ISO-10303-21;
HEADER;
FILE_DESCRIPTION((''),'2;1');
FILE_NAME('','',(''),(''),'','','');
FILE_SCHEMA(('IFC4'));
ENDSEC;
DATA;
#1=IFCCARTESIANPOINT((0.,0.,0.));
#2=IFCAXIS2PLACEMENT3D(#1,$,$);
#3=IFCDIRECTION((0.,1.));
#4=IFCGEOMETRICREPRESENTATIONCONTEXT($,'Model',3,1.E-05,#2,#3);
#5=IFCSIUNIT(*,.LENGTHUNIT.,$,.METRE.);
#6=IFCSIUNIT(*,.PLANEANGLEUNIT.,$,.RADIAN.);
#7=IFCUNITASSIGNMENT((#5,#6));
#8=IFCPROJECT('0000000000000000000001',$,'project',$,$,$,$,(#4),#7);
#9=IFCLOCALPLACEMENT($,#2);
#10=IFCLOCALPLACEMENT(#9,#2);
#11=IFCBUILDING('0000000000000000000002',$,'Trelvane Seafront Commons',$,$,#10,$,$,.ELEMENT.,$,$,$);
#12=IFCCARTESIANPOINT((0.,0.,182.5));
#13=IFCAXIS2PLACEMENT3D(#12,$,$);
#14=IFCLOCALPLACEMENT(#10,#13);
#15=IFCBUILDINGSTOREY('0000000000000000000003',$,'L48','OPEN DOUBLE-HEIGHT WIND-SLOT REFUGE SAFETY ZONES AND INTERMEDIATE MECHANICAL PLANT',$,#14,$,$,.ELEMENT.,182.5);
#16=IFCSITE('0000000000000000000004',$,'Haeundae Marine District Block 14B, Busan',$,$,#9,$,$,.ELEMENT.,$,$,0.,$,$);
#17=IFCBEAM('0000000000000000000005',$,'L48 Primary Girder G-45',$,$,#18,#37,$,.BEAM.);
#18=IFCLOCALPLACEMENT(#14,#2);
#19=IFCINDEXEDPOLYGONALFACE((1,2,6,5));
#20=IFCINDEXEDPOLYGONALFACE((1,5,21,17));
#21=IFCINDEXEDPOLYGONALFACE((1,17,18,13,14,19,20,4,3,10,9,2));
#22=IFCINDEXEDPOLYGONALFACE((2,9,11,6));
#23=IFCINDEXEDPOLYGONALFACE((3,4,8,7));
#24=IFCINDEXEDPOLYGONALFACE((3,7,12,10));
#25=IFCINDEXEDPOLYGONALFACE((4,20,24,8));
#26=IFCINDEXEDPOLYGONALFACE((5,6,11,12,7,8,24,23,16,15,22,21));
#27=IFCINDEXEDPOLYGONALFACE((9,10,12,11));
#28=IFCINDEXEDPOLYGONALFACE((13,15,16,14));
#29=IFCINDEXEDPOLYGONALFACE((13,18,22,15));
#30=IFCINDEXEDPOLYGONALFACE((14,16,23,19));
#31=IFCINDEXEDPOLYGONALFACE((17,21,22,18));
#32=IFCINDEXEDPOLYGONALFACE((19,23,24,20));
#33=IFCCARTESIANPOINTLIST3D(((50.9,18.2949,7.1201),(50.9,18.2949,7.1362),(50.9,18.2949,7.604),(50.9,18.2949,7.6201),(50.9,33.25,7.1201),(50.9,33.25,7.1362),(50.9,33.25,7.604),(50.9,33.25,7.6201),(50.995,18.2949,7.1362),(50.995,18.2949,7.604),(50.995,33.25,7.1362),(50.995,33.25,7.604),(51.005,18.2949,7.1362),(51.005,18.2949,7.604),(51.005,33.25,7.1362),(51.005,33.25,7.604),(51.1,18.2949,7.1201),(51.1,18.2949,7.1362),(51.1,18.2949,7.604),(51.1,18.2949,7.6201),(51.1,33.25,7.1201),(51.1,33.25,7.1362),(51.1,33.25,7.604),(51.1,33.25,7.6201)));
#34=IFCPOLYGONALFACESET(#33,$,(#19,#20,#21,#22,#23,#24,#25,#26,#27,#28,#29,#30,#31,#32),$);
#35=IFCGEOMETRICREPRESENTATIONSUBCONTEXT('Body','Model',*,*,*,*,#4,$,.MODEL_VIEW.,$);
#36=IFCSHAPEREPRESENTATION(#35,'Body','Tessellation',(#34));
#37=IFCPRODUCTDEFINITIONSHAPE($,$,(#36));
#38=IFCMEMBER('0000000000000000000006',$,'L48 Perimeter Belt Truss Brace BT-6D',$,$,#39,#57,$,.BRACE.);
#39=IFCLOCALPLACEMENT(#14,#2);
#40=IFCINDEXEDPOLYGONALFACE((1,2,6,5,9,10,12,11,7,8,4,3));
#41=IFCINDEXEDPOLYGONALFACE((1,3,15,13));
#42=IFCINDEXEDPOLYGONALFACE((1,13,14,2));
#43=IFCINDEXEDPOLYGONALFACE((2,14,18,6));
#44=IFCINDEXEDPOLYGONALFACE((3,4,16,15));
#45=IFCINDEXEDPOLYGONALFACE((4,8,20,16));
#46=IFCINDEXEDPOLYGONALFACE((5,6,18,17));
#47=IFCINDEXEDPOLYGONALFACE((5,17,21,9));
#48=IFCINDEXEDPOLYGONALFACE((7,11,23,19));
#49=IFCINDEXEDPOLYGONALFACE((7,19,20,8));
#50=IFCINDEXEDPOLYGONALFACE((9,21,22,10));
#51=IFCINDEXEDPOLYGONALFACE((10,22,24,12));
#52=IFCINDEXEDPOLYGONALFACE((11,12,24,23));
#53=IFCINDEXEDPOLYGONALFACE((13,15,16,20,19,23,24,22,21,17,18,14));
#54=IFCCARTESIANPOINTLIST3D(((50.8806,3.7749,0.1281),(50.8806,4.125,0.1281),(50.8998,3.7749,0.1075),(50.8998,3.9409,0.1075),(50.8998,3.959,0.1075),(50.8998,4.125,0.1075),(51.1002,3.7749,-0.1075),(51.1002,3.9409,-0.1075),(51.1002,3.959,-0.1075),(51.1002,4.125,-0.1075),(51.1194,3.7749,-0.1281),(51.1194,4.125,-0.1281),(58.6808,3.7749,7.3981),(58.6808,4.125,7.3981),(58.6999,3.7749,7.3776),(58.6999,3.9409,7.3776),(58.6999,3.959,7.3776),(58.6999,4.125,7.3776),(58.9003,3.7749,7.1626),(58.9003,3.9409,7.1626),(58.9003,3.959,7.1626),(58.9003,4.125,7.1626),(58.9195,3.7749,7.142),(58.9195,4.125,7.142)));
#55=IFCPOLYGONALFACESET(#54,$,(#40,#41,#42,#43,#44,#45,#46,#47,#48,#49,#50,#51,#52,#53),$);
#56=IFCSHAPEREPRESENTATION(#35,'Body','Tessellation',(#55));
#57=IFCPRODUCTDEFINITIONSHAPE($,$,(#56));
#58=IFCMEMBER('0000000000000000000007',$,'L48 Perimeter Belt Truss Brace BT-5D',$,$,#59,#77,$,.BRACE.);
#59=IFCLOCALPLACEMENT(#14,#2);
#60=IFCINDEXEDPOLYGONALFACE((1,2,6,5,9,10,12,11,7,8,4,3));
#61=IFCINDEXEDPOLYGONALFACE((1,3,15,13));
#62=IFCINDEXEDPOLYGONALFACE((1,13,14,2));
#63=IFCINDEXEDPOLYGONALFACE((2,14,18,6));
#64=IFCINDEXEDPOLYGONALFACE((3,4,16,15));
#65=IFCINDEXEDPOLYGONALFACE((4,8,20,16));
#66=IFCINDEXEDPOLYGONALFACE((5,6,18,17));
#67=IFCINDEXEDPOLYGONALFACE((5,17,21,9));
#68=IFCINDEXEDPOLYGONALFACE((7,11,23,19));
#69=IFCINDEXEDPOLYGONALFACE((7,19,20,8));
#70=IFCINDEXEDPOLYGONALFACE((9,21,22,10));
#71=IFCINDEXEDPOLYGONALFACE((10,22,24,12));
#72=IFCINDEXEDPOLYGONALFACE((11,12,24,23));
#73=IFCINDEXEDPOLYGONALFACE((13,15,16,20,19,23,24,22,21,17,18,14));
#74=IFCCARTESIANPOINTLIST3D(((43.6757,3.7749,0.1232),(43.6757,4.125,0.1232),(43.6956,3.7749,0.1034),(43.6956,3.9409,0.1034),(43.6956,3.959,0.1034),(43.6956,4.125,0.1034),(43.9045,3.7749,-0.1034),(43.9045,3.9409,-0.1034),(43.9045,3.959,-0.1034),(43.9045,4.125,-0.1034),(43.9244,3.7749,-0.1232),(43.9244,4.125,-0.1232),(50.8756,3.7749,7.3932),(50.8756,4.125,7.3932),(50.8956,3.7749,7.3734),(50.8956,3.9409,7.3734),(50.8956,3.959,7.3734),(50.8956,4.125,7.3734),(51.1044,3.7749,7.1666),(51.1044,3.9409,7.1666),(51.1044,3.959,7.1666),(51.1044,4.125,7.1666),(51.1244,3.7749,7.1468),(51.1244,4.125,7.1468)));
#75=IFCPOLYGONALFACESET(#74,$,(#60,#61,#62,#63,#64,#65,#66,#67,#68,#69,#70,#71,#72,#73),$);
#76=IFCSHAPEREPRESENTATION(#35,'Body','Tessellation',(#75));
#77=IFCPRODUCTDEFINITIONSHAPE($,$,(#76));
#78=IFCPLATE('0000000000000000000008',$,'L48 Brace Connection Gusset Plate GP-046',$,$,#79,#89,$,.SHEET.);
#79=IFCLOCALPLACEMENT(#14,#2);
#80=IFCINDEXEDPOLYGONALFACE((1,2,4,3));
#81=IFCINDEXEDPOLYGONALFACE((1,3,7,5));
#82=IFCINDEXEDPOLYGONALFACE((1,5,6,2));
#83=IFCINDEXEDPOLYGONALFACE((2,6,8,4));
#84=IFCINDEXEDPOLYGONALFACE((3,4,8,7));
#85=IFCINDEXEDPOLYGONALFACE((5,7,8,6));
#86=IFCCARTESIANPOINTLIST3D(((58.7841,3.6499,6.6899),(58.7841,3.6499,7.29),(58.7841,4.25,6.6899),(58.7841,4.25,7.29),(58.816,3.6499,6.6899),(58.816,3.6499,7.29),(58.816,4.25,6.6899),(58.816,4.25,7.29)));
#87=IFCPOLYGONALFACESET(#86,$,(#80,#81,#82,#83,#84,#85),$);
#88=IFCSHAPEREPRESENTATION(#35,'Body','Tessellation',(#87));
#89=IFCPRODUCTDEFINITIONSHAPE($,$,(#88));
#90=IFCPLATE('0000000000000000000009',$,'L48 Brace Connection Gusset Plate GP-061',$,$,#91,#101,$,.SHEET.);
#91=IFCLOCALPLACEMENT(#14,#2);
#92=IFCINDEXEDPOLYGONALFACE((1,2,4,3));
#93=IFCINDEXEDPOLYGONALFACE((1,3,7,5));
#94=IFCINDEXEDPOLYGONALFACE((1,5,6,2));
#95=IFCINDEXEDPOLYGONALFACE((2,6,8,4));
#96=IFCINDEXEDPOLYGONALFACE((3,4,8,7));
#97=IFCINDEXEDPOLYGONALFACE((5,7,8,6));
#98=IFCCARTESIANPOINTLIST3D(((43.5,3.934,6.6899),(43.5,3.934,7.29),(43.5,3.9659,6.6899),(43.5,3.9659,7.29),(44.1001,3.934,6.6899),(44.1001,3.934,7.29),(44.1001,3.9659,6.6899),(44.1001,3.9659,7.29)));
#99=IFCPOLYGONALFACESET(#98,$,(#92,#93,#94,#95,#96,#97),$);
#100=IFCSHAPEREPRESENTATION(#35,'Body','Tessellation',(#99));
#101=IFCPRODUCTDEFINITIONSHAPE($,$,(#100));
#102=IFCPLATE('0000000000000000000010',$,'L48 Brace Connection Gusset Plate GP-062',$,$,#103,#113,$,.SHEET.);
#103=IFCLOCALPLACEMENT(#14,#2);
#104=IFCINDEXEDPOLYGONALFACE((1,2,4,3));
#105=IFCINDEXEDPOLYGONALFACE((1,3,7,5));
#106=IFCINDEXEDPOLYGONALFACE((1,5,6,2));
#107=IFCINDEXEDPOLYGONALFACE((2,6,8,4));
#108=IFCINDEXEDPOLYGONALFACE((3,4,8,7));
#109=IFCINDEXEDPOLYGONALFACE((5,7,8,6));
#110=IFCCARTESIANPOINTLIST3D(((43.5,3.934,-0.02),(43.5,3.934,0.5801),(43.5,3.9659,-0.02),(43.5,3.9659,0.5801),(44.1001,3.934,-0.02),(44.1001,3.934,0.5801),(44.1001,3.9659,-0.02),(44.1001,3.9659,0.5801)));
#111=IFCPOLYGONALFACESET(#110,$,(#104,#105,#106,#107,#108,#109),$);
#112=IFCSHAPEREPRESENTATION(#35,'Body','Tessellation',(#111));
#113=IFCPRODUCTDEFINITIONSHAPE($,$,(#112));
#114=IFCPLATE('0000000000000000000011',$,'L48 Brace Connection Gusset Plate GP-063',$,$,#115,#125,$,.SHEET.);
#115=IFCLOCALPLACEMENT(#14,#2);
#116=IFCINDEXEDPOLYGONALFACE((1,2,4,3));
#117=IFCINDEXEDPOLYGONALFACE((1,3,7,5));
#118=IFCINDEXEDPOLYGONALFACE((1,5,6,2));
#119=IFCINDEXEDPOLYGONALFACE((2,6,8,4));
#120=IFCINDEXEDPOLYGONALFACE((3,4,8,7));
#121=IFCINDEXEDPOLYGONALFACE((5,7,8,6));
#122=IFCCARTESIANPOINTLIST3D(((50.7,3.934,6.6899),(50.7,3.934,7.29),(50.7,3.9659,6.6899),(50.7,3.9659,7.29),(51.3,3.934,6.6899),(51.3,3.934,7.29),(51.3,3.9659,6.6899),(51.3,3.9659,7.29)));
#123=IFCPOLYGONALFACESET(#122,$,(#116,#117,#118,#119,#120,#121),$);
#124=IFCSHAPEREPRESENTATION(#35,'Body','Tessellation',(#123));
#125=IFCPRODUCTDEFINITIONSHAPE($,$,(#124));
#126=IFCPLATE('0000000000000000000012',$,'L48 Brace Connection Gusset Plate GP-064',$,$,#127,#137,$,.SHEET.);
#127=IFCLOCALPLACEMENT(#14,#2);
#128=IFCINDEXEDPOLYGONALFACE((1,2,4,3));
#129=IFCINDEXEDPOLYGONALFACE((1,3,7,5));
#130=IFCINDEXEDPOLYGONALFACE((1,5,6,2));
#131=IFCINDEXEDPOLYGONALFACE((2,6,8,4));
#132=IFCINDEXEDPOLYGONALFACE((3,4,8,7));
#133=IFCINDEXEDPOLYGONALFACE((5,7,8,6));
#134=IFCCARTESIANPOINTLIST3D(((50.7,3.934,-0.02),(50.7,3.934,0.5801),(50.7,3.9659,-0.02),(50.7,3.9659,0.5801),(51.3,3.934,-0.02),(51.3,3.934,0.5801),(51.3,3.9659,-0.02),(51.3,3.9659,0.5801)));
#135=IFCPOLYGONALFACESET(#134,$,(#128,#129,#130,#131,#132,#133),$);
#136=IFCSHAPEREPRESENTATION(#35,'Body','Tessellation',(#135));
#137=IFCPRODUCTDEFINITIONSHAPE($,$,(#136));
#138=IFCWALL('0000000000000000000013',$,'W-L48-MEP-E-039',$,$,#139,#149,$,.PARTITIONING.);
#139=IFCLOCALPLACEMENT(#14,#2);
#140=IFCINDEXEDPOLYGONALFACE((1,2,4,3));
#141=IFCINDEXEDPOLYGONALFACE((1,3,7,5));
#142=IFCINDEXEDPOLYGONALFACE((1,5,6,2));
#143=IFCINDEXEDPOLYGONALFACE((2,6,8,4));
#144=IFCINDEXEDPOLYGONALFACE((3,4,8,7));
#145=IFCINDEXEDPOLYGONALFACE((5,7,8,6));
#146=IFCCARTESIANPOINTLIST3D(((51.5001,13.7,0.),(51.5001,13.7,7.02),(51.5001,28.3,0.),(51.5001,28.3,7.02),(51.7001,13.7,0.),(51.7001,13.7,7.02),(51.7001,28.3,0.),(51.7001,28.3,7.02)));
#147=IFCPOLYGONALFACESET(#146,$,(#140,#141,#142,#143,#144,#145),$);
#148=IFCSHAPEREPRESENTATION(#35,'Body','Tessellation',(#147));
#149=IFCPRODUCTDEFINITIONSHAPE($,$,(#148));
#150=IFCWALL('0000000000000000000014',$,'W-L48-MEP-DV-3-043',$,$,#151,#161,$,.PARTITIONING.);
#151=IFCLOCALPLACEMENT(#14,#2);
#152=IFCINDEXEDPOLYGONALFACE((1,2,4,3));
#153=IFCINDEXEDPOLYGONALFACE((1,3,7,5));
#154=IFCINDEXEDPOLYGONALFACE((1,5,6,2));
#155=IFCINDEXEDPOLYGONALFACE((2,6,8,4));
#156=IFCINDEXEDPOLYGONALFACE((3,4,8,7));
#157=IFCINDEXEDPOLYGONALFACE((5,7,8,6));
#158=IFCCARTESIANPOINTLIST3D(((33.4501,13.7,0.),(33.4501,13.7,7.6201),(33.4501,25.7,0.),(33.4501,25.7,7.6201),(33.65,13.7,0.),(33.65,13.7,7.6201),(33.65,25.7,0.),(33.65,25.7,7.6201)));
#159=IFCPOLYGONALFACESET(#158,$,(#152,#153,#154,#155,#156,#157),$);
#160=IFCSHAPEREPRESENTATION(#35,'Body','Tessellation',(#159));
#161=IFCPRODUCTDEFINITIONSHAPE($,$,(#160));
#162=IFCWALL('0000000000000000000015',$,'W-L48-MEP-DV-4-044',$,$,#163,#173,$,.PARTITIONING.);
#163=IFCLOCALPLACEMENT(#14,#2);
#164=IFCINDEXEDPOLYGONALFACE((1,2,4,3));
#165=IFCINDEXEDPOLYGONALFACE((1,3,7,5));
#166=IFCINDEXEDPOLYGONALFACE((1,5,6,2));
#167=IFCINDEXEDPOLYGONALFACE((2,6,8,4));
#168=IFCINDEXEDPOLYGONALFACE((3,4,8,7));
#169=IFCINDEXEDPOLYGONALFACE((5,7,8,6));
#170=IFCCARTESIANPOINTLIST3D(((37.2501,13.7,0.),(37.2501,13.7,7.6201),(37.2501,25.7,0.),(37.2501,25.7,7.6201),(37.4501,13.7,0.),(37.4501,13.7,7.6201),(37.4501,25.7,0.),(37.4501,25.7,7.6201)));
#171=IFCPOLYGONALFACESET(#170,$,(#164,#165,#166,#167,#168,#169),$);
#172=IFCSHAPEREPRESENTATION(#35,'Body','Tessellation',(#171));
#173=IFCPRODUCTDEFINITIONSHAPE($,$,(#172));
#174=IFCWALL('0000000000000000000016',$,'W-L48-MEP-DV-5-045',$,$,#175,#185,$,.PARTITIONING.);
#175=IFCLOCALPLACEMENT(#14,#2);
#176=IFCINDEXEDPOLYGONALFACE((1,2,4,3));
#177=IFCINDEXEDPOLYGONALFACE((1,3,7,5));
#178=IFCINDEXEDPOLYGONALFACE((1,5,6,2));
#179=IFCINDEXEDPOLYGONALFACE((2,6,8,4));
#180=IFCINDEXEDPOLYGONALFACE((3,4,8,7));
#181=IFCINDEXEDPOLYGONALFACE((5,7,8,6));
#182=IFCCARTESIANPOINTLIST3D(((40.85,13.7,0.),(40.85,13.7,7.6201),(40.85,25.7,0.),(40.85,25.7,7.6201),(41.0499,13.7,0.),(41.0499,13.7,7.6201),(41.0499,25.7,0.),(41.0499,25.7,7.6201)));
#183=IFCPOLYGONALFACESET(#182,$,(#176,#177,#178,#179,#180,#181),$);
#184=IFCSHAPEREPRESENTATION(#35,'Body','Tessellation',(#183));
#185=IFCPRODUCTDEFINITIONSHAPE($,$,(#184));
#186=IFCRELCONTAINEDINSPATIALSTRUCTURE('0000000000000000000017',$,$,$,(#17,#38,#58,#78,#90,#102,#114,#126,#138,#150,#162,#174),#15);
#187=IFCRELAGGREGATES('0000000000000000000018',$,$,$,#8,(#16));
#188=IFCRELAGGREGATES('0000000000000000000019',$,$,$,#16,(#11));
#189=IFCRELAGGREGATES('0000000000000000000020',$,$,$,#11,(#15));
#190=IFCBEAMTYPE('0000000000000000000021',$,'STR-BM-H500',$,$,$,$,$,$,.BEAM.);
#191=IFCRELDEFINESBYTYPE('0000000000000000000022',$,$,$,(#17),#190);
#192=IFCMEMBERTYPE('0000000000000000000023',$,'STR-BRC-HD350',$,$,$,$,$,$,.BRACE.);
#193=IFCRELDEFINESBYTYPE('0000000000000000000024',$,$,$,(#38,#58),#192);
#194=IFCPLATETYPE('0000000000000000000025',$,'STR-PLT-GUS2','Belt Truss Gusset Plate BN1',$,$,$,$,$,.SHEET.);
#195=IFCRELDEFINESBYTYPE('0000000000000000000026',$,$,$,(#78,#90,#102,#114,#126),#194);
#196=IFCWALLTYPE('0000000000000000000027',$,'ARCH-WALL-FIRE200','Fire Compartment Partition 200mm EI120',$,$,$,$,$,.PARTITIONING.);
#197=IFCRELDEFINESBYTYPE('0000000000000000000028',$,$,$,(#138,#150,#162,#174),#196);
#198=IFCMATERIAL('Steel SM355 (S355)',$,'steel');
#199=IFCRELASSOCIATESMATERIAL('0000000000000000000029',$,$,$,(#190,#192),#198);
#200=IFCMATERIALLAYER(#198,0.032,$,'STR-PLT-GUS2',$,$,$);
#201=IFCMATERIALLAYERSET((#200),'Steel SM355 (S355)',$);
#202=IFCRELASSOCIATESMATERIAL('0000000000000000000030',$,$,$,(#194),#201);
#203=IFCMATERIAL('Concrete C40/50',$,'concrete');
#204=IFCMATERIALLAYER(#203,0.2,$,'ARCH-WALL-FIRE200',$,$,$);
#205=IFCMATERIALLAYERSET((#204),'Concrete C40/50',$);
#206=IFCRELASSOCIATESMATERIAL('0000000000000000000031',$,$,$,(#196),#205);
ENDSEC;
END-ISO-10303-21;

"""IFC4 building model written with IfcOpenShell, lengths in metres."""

from ifc_helpers import new_model, si_unit, direction, frame, frame_2d, origin, origin_2d, place, context, subcontext, project, spatial, rectangle, i_section, extrude, source, transform, mapped, material, layer, layer_set, material_profile, profile_set, type_object, element, save


model = new_model("IFC4")

# Units and contexts
model_context = context("Model", 3, precision=1e-05, world=origin(), true_north=direction((0.0, 1.0)))
body_context = subcontext(model_context, "Body", "Model", "MODEL_VIEW")
ifc_project = project(units=[si_unit("LENGTHUNIT", "METRE"), si_unit("PLANEANGLEUNIT", "RADIAN")], contexts=[model_context])

# Site, building, storey
site_placement = place(None, origin())
site = spatial("IfcSite", under=ifc_project, at=site_placement, Name="Haeundae Marine District Block 14B, Busan", CompositionType="ELEMENT", RefElevation=0.0)
building_placement = place(site_placement, origin())
building = spatial("IfcBuilding", under=site, at=building_placement, Name="Trelvane Seafront Commons", CompositionType="ELEMENT")
storey_placement = place(building_placement, frame((0.0, 0.0, 182.5)))
storey = spatial("IfcBuildingStorey", under=building, at=storey_placement, Name="L48", Description="OPEN DOUBLE-HEIGHT WIND-SLOT REFUGE SAFETY ZONES AND INTERMEDIATE MECHANICAL PLANT", CompositionType="ELEMENT", Elevation=182.5)

# Shared definitions
ifc_material_1 = material(Name="Steel SM355 (S355)", Category="steel")

# Beam
ifc_material_profile_1 = material_profile(ifc_material_1, i_section(OverallWidth=0.2, OverallDepth=0.5, WebThickness=0.01, FlangeThickness=0.0161, at=origin_2d()), Name="H-500x200x10x16")
ifc_profile_set_1 = profile_set([ifc_material_profile_1], Name="Steel SM355 (S355)")
beam_type_1 = type_object("IfcBeamType", Name="STR-BM-H500", PredefinedType="BEAM", material=ifc_profile_set_1)
shared_shape_1 = source(origin(), body_context, "Body", "SweptSolid", [
    extrude(i_section(OverallWidth=0.2, OverallDepth=0.5, WebThickness=0.01, FlangeThickness=0.0161, at=origin_2d()), origin(), (0.0, 0.0, 1.0), 14.9551),
])
beam_1_placement = place(storey_placement, frame((51.0, 18.2949, 7.3701), z_axis=(0.0, 1.0, 0.0), x_axis=(-1.0, 0.0, 0.0)))
element("IfcBeam", 1, at=beam_1_placement, inside=storey, type_object=beam_type_1, Name="L48 Primary Girder G-45", PredefinedType="BEAM", context=body_context, shape_type="MappedRepresentation", body=[
    mapped(shared_shape_1, transform((0.0, 0.0, 0.0), x_axis=(1.0, 0.0, 0.0), y_axis=(0.0, 1.0, 0.0), z_axis=(0.0, 0.0, 1.0), scale=1.0)),
])

# Members
ifc_material_profile_2 = material_profile(ifc_material_1, i_section(OverallWidth=0.3501, OverallDepth=0.3501, WebThickness=0.0181, FlangeThickness=0.0281, at=origin_2d()), Name="HD-350x350x18x28")
ifc_profile_set_2 = profile_set([ifc_material_profile_2], Name="Steel SM355 (S355)")
member_type = type_object("IfcMemberType", Name="STR-BRC-HD350", PredefinedType="BRACE", material=ifc_profile_set_2)
shared_shape_2 = source(origin(), body_context, "Body", "SweptSolid", [
    extrude(i_section(OverallWidth=0.3501, OverallDepth=0.3501, WebThickness=0.0181, FlangeThickness=0.0281, at=origin_2d()), origin(), (0.0, 0.0, 1.0), 10.6628),
])
member_1_placement = place(storey_placement, frame((51.0, 3.95, 0.0), z_axis=(0.731524, 0.0, 0.681816), x_axis=(0.0, 1.0, 0.0)))
element("IfcMember", 2, at=member_1_placement, inside=storey, type_object=member_type, Name="L48 Perimeter Belt Truss Brace BT-6D", PredefinedType="BRACE", context=body_context, shape_type="MappedRepresentation", body=[
    mapped(shared_shape_2, transform((0.0, 0.0, 0.0), x_axis=(1.0, 0.0, 0.0), y_axis=(0.0, 1.0, 0.0), z_axis=(0.0, 0.0, 1.0), scale=1.0)),
])
shared_shape_3 = source(origin(), body_context, "Body", "SweptSolid", [
    extrude(i_section(OverallWidth=0.3501, OverallDepth=0.3501, WebThickness=0.0181, FlangeThickness=0.0281, at=origin_2d()), origin(), (0.0, 0.0, 1.0), 10.2319),
])
member_2_placement = place(storey_placement, frame((43.8, 3.95, 0.0), z_axis=(0.703674, 0.0, 0.710522), x_axis=(0.0, 1.0, 0.0)))
element("IfcMember", 3, at=member_2_placement, inside=storey, type_object=member_type, Name="L48 Perimeter Belt Truss Brace BT-5D", PredefinedType="BRACE", context=body_context, shape_type="MappedRepresentation", body=[
    mapped(shared_shape_3, transform((0.0, 0.0, 0.0), x_axis=(1.0, 0.0, 0.0), y_axis=(0.0, 1.0, 0.0), z_axis=(0.0, 0.0, 1.0), scale=1.0)),
])

# Plates
ifc_layer_1 = layer(ifc_material_1, 0.032, Name="STR-PLT-GUS2")
ifc_layer_set_1 = layer_set([ifc_layer_1], Name="Steel SM355 (S355)")
plate_type = type_object("IfcPlateType", Name="STR-PLT-GUS2", Description="Belt Truss Gusset Plate BN1", PredefinedType="SHEET", material=ifc_layer_set_1)
shared_shape_4 = source(origin(), body_context, "Body", "SweptSolid", [
    extrude(rectangle(XDim=0.032, YDim=0.6001, at=origin_2d()), origin(), (0.0, 0.0, 1.0), 0.6001),
])
plate_placement = place(storey_placement, frame((58.8, 3.95, 6.6899), z_axis=(0.0, 0.0, 1.0), x_axis=(1.0, 0.0, 0.0)))
element("IfcPlate", 4, at=plate_placement, inside=storey, type_object=plate_type, Name="L48 Brace Connection Gusset Plate GP-046", PredefinedType="SHEET", context=body_context, shape_type="MappedRepresentation", body=[
    mapped(shared_shape_4, transform((0.0, 0.0, 0.0), x_axis=(1.0, 0.0, 0.0), y_axis=(0.0, 1.0, 0.0), z_axis=(0.0, 0.0, 1.0), scale=1.0)),
])
shared_shape_5 = source(origin(), body_context, "Body", "SweptSolid", [
    extrude(rectangle(XDim=0.6001, YDim=0.032, at=origin_2d()), origin(), (0.0, 0.0, 1.0), 0.6001),
])
for number, where, z_axis, x_axis, name in (
    (5, (43.8, 3.95, 6.6899), (0.0, 0.0, 1.0), (1.0, 0.0, 0.0), "L48 Brace Connection Gusset Plate GP-061"),
    (6, (43.8, 3.95, -0.02), (0.0, 0.0, 1.0), (1.0, 0.0, 0.0), "L48 Brace Connection Gusset Plate GP-062"),
    (7, (51.0, 3.95, 6.6899), (0.0, 0.0, 1.0), (1.0, 0.0, 0.0), "L48 Brace Connection Gusset Plate GP-063"),
    (8, (51.0, 3.95, -0.02), (0.0, 0.0, 1.0), (1.0, 0.0, 0.0), "L48 Brace Connection Gusset Plate GP-064"),
):
    element("IfcPlate", number, at=place(storey_placement, frame(where, z_axis=z_axis, x_axis=x_axis)), inside=storey, type_object=plate_type, Name=name, PredefinedType="SHEET", context=body_context, shape_type="MappedRepresentation", body=[
        mapped(shared_shape_5, transform((0.0, 0.0, 0.0), x_axis=(1.0, 0.0, 0.0), y_axis=(0.0, 1.0, 0.0), z_axis=(0.0, 0.0, 1.0), scale=1.0)),
    ])

# Walls
ifc_material_2 = material(Name="Concrete C40/50", Category="concrete")
ifc_layer_2 = layer(ifc_material_2, 0.2, Name="ARCH-WALL-FIRE200")
ifc_layer_set_2 = layer_set([ifc_layer_2], Name="Concrete C40/50")
wall_type = type_object("IfcWallType", Name="ARCH-WALL-FIRE200", Description="Fire Compartment Partition 200mm EI120", PredefinedType="PARTITIONING", material=ifc_layer_set_2)
wall_placement = place(storey_placement, frame((51.6001, 13.7, 0.0), z_axis=(0.0, 0.0, 1.0), x_axis=(0.0, 1.0, 0.0)))
element("IfcWall", 9, at=wall_placement, inside=storey, type_object=wall_type, Name="W-L48-MEP-E-039", PredefinedType="PARTITIONING", context=body_context, shape_type="SweptSolid", body=[
    extrude(rectangle(XDim=14.6001, YDim=0.2, at=frame_2d((7.3, 0.0))), origin(), (0.0, 0.0, 1.0), 7.02),
])
for number, where, z_axis, x_axis, name in (
    (10, (33.55, 13.7, 0.0), (0.0, 0.0, 1.0), (0.0, 1.0, 0.0), "W-L48-MEP-DV-3-043"),
    (11, (37.3501, 13.7, 0.0), (0.0, 0.0, 1.0), (0.0, 1.0, 0.0), "W-L48-MEP-DV-4-044"),
    (12, (40.95, 13.7, 0.0), (0.0, 0.0, 1.0), (0.0, 1.0, 0.0), "W-L48-MEP-DV-5-045"),
):
    element("IfcWall", number, at=place(storey_placement, frame(where, z_axis=z_axis, x_axis=x_axis)), inside=storey, type_object=wall_type, Name=name, PredefinedType="PARTITIONING", context=body_context, shape_type="SweptSolid", body=[
        extrude(rectangle(XDim=12.0, YDim=0.2, at=frame_2d((6.0, 0.0))), origin(), (0.0, 0.0, 1.0), 7.6201),
    ])

save(model, "model.ifc")
